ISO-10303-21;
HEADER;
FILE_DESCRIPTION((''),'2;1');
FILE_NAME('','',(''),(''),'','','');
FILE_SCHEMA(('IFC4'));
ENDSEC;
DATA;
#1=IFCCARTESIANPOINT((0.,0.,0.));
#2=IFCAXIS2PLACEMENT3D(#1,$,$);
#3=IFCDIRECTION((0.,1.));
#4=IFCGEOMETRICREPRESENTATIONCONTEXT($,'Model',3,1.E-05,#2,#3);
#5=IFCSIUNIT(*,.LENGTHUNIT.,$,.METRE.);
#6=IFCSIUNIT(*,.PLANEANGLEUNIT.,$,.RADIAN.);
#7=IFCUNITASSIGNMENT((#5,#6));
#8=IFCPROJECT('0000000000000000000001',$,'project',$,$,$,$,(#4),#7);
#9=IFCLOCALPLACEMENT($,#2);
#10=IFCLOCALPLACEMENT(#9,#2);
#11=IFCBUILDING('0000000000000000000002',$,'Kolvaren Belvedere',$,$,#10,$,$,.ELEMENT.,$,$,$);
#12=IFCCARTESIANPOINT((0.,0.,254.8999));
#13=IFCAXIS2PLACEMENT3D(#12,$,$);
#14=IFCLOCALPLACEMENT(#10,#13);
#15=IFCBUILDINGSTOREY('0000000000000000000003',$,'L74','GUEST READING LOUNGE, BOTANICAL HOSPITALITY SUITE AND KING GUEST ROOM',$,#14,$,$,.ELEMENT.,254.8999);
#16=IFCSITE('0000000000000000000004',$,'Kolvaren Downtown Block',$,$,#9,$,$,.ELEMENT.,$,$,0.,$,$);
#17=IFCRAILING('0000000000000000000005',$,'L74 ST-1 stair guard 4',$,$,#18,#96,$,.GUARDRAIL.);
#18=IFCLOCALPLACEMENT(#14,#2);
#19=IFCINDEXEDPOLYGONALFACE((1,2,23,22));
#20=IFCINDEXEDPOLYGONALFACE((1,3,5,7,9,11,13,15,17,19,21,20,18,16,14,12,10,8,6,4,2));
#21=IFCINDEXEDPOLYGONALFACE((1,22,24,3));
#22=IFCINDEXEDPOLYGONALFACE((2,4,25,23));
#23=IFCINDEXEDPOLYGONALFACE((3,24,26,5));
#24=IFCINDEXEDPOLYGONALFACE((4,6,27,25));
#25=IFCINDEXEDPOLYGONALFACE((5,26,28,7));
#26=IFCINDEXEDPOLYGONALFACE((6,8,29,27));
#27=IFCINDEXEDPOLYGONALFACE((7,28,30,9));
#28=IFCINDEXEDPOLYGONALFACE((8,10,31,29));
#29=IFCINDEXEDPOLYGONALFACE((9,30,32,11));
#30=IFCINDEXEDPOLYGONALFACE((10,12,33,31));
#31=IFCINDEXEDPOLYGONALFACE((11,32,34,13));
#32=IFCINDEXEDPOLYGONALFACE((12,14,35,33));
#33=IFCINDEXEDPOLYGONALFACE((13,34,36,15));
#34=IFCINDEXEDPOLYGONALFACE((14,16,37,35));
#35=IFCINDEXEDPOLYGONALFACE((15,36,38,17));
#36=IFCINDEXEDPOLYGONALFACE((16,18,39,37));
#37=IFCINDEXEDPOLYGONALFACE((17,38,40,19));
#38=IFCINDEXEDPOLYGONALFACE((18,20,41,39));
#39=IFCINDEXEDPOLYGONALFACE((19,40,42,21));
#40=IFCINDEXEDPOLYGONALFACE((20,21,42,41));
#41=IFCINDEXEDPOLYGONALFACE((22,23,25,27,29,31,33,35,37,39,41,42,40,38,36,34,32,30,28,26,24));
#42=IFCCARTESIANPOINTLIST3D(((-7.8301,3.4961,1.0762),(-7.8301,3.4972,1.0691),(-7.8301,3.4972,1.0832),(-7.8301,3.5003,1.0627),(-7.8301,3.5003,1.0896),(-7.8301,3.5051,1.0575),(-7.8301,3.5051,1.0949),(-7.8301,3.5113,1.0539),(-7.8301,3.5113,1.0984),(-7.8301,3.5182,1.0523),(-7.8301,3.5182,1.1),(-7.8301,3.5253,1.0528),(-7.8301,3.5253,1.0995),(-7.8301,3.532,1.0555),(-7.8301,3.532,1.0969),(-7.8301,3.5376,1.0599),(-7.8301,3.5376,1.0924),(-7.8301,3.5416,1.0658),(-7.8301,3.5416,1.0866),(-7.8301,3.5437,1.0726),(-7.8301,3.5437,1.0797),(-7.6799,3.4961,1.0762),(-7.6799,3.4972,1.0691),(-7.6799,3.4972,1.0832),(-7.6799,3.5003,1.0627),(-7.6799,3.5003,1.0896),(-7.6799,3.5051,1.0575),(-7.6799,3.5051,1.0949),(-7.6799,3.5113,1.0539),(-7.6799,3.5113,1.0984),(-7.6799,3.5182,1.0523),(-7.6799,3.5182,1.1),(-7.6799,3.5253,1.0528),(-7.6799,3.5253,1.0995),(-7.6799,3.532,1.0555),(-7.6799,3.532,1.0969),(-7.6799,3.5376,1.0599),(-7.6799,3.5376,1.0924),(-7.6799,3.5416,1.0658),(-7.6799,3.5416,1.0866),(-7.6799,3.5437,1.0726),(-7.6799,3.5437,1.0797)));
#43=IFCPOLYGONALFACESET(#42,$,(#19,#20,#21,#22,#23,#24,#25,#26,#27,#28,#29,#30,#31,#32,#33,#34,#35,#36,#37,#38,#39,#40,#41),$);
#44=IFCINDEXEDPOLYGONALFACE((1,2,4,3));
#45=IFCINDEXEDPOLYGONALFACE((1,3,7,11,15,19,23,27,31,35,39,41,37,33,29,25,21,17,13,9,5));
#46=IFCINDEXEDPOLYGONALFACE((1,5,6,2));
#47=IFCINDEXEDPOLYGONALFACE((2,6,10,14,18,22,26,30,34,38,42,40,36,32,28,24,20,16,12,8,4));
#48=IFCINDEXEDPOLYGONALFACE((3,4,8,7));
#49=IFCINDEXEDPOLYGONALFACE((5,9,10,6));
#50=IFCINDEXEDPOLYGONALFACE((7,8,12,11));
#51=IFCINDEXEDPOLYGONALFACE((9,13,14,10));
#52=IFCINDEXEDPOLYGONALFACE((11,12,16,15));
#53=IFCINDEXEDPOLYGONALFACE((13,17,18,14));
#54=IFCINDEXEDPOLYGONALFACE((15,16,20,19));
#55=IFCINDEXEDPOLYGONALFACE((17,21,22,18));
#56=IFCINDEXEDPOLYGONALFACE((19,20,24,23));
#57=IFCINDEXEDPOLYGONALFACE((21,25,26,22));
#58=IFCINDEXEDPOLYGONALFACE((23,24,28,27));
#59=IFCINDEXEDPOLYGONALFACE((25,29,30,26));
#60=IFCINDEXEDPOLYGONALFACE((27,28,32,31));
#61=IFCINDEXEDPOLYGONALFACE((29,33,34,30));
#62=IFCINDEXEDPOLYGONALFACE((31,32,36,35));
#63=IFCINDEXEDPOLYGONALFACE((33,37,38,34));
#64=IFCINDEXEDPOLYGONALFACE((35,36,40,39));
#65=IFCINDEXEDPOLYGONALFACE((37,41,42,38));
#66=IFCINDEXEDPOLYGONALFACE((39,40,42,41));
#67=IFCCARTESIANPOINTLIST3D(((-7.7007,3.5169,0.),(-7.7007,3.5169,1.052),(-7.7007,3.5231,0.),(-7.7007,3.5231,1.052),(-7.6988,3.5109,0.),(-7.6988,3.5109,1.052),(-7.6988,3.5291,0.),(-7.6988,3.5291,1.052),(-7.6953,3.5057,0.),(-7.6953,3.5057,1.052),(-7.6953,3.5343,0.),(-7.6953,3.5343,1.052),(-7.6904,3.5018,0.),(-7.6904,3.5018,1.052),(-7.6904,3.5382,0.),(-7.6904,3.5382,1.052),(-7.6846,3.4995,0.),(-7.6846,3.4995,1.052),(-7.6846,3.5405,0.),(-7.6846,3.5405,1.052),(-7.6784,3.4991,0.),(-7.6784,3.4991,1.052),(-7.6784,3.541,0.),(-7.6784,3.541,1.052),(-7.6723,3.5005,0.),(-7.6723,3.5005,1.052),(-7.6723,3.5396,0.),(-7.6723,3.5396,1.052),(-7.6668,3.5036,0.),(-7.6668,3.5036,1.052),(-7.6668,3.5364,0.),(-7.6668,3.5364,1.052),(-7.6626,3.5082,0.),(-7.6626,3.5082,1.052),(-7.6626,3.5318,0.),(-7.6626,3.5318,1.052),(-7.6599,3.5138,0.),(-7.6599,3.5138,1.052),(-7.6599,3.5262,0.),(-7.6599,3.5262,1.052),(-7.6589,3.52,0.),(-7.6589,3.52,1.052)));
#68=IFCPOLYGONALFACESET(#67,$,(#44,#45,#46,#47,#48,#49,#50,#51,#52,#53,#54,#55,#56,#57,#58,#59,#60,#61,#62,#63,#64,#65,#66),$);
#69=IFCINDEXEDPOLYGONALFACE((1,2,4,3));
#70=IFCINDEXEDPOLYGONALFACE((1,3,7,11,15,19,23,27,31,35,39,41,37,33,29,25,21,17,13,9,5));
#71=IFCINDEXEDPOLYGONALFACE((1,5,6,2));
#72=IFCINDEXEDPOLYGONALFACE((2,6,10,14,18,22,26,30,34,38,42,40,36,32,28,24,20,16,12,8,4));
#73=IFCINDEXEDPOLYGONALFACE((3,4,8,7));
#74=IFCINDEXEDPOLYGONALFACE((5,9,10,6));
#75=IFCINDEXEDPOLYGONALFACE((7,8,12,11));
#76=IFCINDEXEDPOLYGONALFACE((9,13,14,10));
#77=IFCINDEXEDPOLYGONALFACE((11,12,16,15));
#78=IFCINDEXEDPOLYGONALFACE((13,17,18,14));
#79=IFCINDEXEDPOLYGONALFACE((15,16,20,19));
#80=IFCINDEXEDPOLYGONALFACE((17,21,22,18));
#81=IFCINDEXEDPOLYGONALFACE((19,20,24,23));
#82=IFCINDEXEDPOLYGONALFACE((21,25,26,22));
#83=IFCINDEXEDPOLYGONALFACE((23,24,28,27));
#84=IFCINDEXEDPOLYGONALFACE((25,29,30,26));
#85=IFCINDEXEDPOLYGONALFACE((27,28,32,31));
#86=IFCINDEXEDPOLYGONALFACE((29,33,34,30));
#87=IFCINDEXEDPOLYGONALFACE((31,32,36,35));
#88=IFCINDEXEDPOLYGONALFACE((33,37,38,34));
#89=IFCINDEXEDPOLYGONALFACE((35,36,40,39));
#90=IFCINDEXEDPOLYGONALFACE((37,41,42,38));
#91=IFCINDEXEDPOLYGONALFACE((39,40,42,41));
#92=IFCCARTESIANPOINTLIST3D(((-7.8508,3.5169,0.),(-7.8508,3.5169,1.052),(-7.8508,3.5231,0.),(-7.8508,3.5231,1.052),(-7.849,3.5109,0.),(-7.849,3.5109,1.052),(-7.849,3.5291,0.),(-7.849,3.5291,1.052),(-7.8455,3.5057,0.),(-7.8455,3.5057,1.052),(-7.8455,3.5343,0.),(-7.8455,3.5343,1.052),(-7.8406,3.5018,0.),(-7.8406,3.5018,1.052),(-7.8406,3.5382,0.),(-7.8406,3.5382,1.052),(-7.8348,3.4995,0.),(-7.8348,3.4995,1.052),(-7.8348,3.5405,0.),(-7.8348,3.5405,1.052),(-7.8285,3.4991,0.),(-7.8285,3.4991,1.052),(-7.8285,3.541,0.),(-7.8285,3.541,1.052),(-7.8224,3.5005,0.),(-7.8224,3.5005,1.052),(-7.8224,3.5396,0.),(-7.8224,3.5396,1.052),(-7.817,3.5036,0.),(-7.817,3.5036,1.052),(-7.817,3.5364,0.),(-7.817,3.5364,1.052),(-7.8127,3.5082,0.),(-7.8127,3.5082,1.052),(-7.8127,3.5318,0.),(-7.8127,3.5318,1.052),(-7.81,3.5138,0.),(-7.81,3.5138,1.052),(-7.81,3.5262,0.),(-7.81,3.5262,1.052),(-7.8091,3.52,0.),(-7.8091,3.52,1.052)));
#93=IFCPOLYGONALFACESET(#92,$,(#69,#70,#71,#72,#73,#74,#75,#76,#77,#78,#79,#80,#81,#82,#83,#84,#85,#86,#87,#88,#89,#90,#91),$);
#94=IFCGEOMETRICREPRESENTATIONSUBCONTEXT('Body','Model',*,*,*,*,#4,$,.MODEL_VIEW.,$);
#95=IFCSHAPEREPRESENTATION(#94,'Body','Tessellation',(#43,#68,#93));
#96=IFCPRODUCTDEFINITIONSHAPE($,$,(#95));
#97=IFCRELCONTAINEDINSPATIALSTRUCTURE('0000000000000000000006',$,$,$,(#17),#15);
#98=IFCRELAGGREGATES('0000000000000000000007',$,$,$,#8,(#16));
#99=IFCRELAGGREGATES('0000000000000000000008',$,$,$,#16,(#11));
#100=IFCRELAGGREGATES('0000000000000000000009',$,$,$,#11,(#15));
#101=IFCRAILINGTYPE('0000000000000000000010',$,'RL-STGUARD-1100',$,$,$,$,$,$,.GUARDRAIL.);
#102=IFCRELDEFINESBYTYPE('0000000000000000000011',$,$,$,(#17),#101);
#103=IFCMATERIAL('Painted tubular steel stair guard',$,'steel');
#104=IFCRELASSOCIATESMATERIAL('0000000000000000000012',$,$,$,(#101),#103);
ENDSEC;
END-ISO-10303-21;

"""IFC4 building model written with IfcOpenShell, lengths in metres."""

from ifc_helpers import new_model, si_unit, direction, frame, origin, origin_2d, place, context, subcontext, project, spatial, circle, extrude, material, type_object, element, save


model = new_model("IFC4")

# Units and contexts
model_context = context("Model", 3, precision=1e-05, world=origin(), true_north=direction((0.0, 1.0)))
body_context = subcontext(model_context, "Body", "Model", "MODEL_VIEW")
ifc_project = project(units=[si_unit("LENGTHUNIT", "METRE"), si_unit("PLANEANGLEUNIT", "RADIAN")], contexts=[model_context])

# Site, building, storey
site_placement = place(None, origin())
site = spatial("IfcSite", under=ifc_project, at=site_placement, Name="Kolvaren Downtown Block", CompositionType="ELEMENT", RefElevation=0.0)
building_placement = place(site_placement, origin())
building = spatial("IfcBuilding", under=site, at=building_placement, Name="Kolvaren Belvedere", CompositionType="ELEMENT")
storey_placement = place(building_placement, frame((0.0, 0.0, 254.8999)))
storey = spatial("IfcBuildingStorey", under=building, at=storey_placement, Name="L74", Description="GUEST READING LOUNGE, BOTANICAL HOSPITALITY SUITE AND KING GUEST ROOM", CompositionType="ELEMENT", Elevation=254.8999)

# Railing
ifc_material_1 = material(Name="Painted tubular steel stair guard", Category="steel")
railing_type_1 = type_object("IfcRailingType", Name="RL-STGUARD-1100", PredefinedType="GUARDRAIL", material=ifc_material_1)
railing_1_placement = place(storey_placement, frame((-7.6799, 3.52, 0.0)))
element("IfcRailing", 1, at=railing_1_placement, inside=storey, type_object=railing_type_1, Name="L74 ST-1 stair guard 4", PredefinedType="GUARDRAIL", context=body_context, shape_type="SweptSolid", body=[
    extrude(circle(Radius=0.0239, at=origin_2d()), frame((0.0, 0.0, 1.0762), z_axis=(-1.0, 0.0, 0.0), x_axis=(0.0, -1.0, 0.0)), (0.0, 0.0, 1.0), 0.1501),
    extrude(circle(Radius=0.021, at=origin_2d()), origin(), (0.0, 0.0, 1.0), 1.052),
    extrude(circle(Radius=0.021, at=origin_2d()), frame((-0.1501, 0.0, 0.0)), (0.0, 0.0, 1.0), 1.052),
])

save(model, "model.ifc")
